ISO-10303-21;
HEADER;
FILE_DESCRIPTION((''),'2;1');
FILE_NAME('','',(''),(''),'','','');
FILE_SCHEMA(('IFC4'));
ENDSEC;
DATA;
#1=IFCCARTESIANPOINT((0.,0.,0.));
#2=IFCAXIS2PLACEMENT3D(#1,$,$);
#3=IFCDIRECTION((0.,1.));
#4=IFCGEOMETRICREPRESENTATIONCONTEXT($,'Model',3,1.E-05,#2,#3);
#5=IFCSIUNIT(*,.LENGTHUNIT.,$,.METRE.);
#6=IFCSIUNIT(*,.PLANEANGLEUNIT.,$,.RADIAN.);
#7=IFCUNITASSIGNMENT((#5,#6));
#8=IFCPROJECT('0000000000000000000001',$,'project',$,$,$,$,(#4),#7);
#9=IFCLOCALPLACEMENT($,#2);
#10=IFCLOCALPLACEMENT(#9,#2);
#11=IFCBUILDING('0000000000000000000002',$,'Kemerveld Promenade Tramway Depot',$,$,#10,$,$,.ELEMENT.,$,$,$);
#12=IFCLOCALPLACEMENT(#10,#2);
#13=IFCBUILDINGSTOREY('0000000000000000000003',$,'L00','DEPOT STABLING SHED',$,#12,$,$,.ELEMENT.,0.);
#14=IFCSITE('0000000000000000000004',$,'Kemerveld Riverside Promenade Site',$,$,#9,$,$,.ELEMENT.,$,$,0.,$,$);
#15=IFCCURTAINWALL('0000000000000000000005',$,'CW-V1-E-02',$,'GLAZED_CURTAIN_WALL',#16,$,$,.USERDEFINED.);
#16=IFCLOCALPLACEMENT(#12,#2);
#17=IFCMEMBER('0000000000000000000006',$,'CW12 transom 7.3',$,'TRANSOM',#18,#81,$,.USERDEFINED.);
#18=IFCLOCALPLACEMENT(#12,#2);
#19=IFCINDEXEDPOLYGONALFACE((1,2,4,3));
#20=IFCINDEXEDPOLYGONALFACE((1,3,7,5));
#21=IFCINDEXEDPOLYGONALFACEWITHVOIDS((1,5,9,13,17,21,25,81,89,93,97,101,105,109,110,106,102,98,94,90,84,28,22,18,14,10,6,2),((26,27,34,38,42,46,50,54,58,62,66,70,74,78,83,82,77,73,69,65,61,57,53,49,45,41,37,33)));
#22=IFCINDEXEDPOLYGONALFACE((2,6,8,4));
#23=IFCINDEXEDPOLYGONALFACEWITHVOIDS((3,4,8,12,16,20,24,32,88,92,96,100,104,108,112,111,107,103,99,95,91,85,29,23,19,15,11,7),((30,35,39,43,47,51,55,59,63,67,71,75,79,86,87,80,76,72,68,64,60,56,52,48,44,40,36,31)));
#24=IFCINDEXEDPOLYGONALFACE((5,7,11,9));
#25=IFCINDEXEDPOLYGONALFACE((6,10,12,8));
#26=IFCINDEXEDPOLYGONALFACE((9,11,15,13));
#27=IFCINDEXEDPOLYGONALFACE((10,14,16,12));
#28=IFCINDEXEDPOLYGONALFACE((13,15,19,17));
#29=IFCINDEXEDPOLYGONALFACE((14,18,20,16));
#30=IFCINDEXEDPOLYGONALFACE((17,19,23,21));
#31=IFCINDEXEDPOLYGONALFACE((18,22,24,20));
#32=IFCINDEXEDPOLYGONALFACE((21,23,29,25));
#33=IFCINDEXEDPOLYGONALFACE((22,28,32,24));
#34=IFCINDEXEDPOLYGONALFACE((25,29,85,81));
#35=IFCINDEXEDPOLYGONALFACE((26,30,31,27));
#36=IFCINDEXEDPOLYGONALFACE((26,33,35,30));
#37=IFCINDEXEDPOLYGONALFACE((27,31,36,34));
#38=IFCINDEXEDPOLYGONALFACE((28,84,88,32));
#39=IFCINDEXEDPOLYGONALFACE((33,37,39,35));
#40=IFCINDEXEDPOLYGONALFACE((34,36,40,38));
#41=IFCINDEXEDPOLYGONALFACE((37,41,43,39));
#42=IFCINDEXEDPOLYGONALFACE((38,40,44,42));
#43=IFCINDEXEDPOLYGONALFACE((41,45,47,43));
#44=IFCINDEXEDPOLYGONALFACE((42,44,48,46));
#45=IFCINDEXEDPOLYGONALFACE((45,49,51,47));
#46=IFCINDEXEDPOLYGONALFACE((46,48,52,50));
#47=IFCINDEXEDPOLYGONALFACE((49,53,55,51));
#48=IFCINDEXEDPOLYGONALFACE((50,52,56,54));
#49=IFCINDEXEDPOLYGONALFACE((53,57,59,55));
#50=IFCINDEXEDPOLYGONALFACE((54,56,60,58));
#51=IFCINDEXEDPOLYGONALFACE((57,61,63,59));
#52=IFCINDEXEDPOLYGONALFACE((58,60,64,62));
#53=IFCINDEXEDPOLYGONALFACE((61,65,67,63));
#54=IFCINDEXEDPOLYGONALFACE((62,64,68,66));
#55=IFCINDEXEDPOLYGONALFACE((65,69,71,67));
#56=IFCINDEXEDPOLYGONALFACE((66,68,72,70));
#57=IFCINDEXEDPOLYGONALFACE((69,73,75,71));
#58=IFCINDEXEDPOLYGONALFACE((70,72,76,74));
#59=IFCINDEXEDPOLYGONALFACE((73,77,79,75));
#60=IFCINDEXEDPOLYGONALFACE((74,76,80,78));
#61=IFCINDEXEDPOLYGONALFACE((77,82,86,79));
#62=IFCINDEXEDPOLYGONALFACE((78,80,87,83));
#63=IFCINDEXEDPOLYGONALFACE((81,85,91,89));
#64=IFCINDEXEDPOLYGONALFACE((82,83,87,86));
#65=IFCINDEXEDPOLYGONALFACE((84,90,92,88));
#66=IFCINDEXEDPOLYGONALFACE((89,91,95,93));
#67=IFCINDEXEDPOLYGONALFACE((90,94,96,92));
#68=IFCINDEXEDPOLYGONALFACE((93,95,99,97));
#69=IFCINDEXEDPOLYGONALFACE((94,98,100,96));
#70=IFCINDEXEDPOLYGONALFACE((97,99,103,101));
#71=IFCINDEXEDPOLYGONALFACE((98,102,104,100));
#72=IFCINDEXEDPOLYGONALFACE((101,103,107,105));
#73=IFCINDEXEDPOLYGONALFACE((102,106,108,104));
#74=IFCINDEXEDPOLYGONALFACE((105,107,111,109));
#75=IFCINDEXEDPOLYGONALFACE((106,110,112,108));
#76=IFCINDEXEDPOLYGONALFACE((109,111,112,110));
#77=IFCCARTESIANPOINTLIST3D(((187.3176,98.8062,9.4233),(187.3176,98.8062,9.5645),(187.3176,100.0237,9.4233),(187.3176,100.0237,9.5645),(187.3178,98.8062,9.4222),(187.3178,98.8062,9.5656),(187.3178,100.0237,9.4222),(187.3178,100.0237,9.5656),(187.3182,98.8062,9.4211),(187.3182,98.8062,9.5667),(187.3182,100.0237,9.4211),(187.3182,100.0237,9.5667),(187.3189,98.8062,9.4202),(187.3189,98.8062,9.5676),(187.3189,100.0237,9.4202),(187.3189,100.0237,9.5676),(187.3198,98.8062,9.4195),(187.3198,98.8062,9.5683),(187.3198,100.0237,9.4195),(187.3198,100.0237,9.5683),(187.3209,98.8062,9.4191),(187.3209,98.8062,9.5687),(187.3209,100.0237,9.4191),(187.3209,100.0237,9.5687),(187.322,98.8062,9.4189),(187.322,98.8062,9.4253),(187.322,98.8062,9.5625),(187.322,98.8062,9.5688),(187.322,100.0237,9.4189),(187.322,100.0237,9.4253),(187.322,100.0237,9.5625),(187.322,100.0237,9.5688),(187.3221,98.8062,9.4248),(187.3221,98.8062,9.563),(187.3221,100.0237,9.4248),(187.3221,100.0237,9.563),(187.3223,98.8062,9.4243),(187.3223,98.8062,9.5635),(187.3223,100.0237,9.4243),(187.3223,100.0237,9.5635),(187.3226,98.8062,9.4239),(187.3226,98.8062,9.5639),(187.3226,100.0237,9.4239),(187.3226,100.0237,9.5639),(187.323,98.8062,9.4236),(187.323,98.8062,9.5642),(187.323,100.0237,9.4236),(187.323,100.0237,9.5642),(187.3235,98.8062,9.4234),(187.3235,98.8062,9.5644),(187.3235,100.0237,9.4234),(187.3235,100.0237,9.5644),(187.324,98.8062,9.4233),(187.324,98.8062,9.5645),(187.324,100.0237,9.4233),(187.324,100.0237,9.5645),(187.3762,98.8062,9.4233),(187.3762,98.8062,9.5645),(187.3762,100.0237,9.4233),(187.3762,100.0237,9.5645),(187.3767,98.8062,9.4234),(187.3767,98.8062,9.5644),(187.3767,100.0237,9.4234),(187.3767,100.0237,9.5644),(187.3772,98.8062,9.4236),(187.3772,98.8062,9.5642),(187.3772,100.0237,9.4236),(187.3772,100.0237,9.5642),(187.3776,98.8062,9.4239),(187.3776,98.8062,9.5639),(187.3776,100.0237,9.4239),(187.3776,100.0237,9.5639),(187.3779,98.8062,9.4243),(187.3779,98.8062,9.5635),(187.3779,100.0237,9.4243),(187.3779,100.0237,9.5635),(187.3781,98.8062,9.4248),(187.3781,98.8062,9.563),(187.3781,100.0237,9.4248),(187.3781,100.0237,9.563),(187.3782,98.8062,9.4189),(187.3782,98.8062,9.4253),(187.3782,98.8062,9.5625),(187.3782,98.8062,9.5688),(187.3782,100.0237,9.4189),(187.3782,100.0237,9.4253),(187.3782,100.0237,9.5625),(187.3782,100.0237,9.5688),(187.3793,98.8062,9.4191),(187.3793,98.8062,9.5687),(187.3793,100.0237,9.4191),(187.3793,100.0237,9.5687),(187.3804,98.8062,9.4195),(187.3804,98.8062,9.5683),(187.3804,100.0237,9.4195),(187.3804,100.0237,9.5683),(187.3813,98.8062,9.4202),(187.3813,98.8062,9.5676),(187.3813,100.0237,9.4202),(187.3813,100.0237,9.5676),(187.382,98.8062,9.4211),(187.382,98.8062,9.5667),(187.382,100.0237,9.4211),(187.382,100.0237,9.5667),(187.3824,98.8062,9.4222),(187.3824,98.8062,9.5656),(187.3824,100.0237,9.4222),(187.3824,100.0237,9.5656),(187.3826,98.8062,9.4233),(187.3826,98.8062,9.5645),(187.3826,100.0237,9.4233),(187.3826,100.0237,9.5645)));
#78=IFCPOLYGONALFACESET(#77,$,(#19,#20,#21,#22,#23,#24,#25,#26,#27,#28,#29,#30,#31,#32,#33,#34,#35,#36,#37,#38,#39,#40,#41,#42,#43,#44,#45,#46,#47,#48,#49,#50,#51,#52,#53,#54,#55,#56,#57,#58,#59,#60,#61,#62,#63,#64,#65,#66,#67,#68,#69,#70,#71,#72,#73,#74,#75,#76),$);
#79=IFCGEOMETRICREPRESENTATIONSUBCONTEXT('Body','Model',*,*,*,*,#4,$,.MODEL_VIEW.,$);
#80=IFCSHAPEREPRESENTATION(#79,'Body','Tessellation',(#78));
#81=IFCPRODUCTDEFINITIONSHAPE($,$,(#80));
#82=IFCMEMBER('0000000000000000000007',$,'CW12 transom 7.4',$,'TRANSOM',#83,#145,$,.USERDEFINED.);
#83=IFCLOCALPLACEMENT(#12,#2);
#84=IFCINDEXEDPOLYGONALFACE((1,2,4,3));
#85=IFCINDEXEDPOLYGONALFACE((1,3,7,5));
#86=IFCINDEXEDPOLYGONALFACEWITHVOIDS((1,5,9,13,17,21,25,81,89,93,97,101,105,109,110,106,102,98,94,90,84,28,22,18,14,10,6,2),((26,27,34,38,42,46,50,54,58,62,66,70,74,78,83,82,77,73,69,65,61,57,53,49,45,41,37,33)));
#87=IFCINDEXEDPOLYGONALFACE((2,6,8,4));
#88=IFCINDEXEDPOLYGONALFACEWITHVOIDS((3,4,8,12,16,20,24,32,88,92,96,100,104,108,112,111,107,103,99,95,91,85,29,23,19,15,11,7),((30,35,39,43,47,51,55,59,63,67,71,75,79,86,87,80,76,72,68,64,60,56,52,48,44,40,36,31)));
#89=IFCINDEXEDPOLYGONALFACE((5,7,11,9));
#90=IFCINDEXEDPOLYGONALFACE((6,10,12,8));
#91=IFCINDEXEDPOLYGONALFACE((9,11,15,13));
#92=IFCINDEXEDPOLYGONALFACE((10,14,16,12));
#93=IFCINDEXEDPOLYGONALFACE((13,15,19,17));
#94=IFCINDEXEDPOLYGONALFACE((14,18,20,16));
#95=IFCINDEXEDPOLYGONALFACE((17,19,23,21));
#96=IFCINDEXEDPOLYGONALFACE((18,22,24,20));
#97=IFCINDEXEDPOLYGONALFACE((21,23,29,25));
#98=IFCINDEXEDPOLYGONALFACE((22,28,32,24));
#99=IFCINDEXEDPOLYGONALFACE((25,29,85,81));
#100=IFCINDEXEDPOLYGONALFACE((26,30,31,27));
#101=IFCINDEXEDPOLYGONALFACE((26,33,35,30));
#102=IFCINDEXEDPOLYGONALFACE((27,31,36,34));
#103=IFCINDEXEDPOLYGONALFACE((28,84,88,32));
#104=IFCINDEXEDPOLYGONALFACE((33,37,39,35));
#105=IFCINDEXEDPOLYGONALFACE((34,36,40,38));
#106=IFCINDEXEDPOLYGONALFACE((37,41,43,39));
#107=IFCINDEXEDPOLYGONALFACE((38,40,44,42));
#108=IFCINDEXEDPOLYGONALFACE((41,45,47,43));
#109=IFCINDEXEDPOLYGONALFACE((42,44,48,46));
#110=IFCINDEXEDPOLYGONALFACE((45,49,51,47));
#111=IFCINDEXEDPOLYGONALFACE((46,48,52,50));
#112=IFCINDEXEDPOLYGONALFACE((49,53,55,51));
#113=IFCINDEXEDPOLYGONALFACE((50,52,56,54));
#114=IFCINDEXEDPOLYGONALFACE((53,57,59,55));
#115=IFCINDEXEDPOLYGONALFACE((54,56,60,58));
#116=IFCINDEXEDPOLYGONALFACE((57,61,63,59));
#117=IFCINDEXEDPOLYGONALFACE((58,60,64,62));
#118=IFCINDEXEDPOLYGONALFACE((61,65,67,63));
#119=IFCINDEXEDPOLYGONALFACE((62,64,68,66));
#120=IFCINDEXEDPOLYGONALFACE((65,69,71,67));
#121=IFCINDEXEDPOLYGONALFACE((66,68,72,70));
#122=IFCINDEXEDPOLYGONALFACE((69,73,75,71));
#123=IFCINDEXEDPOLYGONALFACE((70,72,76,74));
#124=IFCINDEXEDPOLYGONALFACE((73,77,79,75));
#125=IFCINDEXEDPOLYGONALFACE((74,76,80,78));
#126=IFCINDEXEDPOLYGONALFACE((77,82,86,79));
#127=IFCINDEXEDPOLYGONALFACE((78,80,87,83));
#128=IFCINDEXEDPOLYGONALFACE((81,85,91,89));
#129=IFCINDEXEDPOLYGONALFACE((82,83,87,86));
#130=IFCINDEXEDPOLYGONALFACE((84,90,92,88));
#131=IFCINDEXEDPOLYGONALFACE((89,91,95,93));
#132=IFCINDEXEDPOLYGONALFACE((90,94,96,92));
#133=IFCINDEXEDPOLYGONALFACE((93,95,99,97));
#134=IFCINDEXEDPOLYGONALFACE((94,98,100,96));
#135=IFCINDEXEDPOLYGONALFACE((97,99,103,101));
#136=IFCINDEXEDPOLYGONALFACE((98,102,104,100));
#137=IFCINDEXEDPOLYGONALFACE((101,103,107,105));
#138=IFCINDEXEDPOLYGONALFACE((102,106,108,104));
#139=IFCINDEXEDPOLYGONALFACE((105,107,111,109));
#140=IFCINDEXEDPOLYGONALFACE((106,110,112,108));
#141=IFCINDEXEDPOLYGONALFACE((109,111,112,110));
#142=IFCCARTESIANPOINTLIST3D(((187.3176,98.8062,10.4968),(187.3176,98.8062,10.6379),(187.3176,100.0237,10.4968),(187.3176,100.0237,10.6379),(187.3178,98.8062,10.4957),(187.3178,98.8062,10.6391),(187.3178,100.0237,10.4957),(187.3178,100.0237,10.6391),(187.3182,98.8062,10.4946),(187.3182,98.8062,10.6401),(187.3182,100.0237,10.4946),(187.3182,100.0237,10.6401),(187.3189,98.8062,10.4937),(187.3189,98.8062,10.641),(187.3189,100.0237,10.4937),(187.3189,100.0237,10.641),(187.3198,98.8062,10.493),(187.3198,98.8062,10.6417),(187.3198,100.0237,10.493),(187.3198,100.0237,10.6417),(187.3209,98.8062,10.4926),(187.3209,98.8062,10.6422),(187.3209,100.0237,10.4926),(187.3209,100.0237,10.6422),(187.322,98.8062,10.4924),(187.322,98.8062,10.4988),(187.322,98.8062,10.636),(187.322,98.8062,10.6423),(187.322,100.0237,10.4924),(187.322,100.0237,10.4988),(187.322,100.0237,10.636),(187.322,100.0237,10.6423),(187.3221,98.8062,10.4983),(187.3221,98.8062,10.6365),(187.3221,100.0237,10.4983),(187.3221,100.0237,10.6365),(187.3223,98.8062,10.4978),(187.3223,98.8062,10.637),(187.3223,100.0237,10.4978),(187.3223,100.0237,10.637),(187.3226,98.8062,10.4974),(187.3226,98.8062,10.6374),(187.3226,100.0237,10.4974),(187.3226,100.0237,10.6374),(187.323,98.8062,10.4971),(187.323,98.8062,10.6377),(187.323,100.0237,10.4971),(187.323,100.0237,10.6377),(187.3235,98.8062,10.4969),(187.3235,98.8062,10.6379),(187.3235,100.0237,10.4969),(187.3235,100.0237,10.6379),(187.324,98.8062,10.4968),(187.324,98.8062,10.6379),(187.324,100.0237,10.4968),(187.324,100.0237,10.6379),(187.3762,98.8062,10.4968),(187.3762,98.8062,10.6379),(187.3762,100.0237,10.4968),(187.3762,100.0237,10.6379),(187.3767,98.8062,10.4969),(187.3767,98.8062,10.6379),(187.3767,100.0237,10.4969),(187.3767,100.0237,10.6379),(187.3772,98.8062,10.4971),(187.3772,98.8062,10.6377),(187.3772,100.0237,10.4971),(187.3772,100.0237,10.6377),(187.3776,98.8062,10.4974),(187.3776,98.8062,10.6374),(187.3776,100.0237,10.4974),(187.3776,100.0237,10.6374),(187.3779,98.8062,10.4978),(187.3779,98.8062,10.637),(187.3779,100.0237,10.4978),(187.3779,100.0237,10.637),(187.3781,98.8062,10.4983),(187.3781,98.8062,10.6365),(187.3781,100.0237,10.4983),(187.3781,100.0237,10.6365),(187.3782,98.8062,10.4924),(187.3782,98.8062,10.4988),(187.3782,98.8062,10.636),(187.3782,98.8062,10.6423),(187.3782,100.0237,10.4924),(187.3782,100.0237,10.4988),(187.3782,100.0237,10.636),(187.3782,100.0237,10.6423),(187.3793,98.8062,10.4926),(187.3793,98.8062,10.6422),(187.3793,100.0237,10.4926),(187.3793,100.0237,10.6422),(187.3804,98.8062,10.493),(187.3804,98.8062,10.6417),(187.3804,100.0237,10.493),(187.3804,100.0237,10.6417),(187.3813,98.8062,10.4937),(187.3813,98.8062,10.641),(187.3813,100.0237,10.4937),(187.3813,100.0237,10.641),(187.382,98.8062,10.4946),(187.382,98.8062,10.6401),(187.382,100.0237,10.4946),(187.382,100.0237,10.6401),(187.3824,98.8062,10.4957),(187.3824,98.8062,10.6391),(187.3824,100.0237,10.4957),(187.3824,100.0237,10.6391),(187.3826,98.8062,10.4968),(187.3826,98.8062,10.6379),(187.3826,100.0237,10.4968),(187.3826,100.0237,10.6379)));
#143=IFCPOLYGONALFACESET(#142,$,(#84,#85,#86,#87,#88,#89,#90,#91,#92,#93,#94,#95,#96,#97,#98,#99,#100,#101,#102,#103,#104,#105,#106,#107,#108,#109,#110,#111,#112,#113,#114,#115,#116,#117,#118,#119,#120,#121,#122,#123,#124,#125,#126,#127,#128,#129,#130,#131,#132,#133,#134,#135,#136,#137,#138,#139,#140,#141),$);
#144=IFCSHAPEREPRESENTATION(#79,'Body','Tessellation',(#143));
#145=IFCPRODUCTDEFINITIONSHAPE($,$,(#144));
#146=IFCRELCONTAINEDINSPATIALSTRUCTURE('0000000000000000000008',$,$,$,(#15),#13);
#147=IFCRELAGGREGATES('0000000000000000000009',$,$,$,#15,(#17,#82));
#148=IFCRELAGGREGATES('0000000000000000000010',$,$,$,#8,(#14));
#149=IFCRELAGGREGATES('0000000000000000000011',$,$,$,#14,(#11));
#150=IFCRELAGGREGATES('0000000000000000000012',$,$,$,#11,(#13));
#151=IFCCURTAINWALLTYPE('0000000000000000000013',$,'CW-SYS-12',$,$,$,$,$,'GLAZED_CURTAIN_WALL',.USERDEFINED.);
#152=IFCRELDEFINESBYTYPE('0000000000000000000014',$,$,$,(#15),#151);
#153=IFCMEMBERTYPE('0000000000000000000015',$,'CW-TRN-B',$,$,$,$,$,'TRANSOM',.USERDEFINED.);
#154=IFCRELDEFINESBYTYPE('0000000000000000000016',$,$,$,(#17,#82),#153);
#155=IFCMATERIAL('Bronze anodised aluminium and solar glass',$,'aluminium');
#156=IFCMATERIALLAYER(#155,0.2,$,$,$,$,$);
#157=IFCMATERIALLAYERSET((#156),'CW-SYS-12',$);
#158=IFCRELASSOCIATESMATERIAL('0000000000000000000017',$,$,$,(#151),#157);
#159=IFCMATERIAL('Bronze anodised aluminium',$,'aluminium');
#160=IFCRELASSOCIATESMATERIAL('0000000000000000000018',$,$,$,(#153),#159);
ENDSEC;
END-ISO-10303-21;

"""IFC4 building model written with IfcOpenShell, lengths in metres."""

from ifc_helpers import new_model, si_unit, direction, frame, origin, origin_2d, place, context, subcontext, project, spatial, hollow_rectangle, extrude, material, layer, layer_set, material_profile, profile_set, type_object, element, aggregate, save


model = new_model("IFC4")

# Units and contexts
model_context = context("Model", 3, precision=1e-05, world=origin(), true_north=direction((0.0, 1.0)))
body_context = subcontext(model_context, "Body", "Model", "MODEL_VIEW")
ifc_project = project(units=[si_unit("LENGTHUNIT", "METRE"), si_unit("PLANEANGLEUNIT", "RADIAN")], contexts=[model_context])

# Site, building, storey
site_placement = place(None, origin())
site = spatial("IfcSite", under=ifc_project, at=site_placement, Name="Kemerveld Riverside Promenade Site", CompositionType="ELEMENT", RefElevation=0.0)
building_placement = place(site_placement, origin())
building = spatial("IfcBuilding", under=site, at=building_placement, Name="Kemerveld Promenade Tramway Depot", CompositionType="ELEMENT")
storey_placement = place(building_placement, origin())
storey = spatial("IfcBuildingStorey", under=building, at=storey_placement, Name="L00", Description="DEPOT STABLING SHED", CompositionType="ELEMENT", Elevation=0.0)

# Curtain wall, members
ifc_material_1 = material(Name="Bronze anodised aluminium and solar glass", Category="aluminium")
ifc_layer_1 = layer(ifc_material_1, 0.2)
ifc_layer_set_1 = layer_set([ifc_layer_1], Name="CW-SYS-12")
curtain_wall_type = type_object("IfcCurtainWallType", Name="CW-SYS-12", ElementType="GLAZED_CURTAIN_WALL", PredefinedType="USERDEFINED", material=ifc_layer_set_1)
curtain_wall_placement = place(storey_placement, origin())
curtain_wall = element("IfcCurtainWall", 1, at=curtain_wall_placement, inside=storey, type_object=curtain_wall_type, Name="CW-V1-E-02", ObjectType="GLAZED_CURTAIN_WALL", PredefinedType="USERDEFINED")
ifc_material_2 = material(Name="Bronze anodised aluminium", Category="aluminium")
ifc_material_profile_1 = material_profile(ifc_material_2, hollow_rectangle(XDim=0.0649, YDim=0.1499, WallThickness=0.0044, InnerFilletRadius=0.002, OuterFilletRadius=0.0044, at=origin_2d()), Name="CW-TRN-150x65")
ifc_profile_set_1 = profile_set([ifc_material_profile_1], Name="Bronze anodised aluminium")
member_type_1 = type_object("IfcMemberType", Name="CW-TRN-B", ElementType="TRANSOM", PredefinedType="USERDEFINED", material=ifc_profile_set_1)
member_1_placement = place(storey_placement, frame((187.3501, 100.0237, 9.4939), z_axis=(0.0, -1.0, 0.0), x_axis=(1.0, 0.0, 0.0)))
member_1 = element("IfcMember", 2, at=member_1_placement, type_object=member_type_1, Name="CW12 transom 7.3", ObjectType="TRANSOM", PredefinedType="USERDEFINED", context=body_context, shape_type="SweptSolid", body=[
    extrude(hollow_rectangle(XDim=0.0649, YDim=0.1499, WallThickness=0.0044, InnerFilletRadius=0.002, OuterFilletRadius=0.0044, at=origin_2d()), origin(), (0.0, 0.0, 1.0), 1.2175),
])
member_2_placement = place(storey_placement, frame((187.3501, 100.0237, 10.5674), z_axis=(0.0, -1.0, 0.0), x_axis=(1.0, 0.0, 0.0)))
member_2 = element("IfcMember", 3, at=member_2_placement, type_object=member_type_1, Name="CW12 transom 7.4", ObjectType="TRANSOM", PredefinedType="USERDEFINED", context=body_context, shape_type="SweptSolid", body=[
    extrude(hollow_rectangle(XDim=0.0649, YDim=0.1499, WallThickness=0.0044, InnerFilletRadius=0.002, OuterFilletRadius=0.0044, at=origin_2d()), origin(), (0.0, 0.0, 1.0), 1.2175),
])

aggregate(curtain_wall, [member_1, member_2])

save(model, "model.ifc")
